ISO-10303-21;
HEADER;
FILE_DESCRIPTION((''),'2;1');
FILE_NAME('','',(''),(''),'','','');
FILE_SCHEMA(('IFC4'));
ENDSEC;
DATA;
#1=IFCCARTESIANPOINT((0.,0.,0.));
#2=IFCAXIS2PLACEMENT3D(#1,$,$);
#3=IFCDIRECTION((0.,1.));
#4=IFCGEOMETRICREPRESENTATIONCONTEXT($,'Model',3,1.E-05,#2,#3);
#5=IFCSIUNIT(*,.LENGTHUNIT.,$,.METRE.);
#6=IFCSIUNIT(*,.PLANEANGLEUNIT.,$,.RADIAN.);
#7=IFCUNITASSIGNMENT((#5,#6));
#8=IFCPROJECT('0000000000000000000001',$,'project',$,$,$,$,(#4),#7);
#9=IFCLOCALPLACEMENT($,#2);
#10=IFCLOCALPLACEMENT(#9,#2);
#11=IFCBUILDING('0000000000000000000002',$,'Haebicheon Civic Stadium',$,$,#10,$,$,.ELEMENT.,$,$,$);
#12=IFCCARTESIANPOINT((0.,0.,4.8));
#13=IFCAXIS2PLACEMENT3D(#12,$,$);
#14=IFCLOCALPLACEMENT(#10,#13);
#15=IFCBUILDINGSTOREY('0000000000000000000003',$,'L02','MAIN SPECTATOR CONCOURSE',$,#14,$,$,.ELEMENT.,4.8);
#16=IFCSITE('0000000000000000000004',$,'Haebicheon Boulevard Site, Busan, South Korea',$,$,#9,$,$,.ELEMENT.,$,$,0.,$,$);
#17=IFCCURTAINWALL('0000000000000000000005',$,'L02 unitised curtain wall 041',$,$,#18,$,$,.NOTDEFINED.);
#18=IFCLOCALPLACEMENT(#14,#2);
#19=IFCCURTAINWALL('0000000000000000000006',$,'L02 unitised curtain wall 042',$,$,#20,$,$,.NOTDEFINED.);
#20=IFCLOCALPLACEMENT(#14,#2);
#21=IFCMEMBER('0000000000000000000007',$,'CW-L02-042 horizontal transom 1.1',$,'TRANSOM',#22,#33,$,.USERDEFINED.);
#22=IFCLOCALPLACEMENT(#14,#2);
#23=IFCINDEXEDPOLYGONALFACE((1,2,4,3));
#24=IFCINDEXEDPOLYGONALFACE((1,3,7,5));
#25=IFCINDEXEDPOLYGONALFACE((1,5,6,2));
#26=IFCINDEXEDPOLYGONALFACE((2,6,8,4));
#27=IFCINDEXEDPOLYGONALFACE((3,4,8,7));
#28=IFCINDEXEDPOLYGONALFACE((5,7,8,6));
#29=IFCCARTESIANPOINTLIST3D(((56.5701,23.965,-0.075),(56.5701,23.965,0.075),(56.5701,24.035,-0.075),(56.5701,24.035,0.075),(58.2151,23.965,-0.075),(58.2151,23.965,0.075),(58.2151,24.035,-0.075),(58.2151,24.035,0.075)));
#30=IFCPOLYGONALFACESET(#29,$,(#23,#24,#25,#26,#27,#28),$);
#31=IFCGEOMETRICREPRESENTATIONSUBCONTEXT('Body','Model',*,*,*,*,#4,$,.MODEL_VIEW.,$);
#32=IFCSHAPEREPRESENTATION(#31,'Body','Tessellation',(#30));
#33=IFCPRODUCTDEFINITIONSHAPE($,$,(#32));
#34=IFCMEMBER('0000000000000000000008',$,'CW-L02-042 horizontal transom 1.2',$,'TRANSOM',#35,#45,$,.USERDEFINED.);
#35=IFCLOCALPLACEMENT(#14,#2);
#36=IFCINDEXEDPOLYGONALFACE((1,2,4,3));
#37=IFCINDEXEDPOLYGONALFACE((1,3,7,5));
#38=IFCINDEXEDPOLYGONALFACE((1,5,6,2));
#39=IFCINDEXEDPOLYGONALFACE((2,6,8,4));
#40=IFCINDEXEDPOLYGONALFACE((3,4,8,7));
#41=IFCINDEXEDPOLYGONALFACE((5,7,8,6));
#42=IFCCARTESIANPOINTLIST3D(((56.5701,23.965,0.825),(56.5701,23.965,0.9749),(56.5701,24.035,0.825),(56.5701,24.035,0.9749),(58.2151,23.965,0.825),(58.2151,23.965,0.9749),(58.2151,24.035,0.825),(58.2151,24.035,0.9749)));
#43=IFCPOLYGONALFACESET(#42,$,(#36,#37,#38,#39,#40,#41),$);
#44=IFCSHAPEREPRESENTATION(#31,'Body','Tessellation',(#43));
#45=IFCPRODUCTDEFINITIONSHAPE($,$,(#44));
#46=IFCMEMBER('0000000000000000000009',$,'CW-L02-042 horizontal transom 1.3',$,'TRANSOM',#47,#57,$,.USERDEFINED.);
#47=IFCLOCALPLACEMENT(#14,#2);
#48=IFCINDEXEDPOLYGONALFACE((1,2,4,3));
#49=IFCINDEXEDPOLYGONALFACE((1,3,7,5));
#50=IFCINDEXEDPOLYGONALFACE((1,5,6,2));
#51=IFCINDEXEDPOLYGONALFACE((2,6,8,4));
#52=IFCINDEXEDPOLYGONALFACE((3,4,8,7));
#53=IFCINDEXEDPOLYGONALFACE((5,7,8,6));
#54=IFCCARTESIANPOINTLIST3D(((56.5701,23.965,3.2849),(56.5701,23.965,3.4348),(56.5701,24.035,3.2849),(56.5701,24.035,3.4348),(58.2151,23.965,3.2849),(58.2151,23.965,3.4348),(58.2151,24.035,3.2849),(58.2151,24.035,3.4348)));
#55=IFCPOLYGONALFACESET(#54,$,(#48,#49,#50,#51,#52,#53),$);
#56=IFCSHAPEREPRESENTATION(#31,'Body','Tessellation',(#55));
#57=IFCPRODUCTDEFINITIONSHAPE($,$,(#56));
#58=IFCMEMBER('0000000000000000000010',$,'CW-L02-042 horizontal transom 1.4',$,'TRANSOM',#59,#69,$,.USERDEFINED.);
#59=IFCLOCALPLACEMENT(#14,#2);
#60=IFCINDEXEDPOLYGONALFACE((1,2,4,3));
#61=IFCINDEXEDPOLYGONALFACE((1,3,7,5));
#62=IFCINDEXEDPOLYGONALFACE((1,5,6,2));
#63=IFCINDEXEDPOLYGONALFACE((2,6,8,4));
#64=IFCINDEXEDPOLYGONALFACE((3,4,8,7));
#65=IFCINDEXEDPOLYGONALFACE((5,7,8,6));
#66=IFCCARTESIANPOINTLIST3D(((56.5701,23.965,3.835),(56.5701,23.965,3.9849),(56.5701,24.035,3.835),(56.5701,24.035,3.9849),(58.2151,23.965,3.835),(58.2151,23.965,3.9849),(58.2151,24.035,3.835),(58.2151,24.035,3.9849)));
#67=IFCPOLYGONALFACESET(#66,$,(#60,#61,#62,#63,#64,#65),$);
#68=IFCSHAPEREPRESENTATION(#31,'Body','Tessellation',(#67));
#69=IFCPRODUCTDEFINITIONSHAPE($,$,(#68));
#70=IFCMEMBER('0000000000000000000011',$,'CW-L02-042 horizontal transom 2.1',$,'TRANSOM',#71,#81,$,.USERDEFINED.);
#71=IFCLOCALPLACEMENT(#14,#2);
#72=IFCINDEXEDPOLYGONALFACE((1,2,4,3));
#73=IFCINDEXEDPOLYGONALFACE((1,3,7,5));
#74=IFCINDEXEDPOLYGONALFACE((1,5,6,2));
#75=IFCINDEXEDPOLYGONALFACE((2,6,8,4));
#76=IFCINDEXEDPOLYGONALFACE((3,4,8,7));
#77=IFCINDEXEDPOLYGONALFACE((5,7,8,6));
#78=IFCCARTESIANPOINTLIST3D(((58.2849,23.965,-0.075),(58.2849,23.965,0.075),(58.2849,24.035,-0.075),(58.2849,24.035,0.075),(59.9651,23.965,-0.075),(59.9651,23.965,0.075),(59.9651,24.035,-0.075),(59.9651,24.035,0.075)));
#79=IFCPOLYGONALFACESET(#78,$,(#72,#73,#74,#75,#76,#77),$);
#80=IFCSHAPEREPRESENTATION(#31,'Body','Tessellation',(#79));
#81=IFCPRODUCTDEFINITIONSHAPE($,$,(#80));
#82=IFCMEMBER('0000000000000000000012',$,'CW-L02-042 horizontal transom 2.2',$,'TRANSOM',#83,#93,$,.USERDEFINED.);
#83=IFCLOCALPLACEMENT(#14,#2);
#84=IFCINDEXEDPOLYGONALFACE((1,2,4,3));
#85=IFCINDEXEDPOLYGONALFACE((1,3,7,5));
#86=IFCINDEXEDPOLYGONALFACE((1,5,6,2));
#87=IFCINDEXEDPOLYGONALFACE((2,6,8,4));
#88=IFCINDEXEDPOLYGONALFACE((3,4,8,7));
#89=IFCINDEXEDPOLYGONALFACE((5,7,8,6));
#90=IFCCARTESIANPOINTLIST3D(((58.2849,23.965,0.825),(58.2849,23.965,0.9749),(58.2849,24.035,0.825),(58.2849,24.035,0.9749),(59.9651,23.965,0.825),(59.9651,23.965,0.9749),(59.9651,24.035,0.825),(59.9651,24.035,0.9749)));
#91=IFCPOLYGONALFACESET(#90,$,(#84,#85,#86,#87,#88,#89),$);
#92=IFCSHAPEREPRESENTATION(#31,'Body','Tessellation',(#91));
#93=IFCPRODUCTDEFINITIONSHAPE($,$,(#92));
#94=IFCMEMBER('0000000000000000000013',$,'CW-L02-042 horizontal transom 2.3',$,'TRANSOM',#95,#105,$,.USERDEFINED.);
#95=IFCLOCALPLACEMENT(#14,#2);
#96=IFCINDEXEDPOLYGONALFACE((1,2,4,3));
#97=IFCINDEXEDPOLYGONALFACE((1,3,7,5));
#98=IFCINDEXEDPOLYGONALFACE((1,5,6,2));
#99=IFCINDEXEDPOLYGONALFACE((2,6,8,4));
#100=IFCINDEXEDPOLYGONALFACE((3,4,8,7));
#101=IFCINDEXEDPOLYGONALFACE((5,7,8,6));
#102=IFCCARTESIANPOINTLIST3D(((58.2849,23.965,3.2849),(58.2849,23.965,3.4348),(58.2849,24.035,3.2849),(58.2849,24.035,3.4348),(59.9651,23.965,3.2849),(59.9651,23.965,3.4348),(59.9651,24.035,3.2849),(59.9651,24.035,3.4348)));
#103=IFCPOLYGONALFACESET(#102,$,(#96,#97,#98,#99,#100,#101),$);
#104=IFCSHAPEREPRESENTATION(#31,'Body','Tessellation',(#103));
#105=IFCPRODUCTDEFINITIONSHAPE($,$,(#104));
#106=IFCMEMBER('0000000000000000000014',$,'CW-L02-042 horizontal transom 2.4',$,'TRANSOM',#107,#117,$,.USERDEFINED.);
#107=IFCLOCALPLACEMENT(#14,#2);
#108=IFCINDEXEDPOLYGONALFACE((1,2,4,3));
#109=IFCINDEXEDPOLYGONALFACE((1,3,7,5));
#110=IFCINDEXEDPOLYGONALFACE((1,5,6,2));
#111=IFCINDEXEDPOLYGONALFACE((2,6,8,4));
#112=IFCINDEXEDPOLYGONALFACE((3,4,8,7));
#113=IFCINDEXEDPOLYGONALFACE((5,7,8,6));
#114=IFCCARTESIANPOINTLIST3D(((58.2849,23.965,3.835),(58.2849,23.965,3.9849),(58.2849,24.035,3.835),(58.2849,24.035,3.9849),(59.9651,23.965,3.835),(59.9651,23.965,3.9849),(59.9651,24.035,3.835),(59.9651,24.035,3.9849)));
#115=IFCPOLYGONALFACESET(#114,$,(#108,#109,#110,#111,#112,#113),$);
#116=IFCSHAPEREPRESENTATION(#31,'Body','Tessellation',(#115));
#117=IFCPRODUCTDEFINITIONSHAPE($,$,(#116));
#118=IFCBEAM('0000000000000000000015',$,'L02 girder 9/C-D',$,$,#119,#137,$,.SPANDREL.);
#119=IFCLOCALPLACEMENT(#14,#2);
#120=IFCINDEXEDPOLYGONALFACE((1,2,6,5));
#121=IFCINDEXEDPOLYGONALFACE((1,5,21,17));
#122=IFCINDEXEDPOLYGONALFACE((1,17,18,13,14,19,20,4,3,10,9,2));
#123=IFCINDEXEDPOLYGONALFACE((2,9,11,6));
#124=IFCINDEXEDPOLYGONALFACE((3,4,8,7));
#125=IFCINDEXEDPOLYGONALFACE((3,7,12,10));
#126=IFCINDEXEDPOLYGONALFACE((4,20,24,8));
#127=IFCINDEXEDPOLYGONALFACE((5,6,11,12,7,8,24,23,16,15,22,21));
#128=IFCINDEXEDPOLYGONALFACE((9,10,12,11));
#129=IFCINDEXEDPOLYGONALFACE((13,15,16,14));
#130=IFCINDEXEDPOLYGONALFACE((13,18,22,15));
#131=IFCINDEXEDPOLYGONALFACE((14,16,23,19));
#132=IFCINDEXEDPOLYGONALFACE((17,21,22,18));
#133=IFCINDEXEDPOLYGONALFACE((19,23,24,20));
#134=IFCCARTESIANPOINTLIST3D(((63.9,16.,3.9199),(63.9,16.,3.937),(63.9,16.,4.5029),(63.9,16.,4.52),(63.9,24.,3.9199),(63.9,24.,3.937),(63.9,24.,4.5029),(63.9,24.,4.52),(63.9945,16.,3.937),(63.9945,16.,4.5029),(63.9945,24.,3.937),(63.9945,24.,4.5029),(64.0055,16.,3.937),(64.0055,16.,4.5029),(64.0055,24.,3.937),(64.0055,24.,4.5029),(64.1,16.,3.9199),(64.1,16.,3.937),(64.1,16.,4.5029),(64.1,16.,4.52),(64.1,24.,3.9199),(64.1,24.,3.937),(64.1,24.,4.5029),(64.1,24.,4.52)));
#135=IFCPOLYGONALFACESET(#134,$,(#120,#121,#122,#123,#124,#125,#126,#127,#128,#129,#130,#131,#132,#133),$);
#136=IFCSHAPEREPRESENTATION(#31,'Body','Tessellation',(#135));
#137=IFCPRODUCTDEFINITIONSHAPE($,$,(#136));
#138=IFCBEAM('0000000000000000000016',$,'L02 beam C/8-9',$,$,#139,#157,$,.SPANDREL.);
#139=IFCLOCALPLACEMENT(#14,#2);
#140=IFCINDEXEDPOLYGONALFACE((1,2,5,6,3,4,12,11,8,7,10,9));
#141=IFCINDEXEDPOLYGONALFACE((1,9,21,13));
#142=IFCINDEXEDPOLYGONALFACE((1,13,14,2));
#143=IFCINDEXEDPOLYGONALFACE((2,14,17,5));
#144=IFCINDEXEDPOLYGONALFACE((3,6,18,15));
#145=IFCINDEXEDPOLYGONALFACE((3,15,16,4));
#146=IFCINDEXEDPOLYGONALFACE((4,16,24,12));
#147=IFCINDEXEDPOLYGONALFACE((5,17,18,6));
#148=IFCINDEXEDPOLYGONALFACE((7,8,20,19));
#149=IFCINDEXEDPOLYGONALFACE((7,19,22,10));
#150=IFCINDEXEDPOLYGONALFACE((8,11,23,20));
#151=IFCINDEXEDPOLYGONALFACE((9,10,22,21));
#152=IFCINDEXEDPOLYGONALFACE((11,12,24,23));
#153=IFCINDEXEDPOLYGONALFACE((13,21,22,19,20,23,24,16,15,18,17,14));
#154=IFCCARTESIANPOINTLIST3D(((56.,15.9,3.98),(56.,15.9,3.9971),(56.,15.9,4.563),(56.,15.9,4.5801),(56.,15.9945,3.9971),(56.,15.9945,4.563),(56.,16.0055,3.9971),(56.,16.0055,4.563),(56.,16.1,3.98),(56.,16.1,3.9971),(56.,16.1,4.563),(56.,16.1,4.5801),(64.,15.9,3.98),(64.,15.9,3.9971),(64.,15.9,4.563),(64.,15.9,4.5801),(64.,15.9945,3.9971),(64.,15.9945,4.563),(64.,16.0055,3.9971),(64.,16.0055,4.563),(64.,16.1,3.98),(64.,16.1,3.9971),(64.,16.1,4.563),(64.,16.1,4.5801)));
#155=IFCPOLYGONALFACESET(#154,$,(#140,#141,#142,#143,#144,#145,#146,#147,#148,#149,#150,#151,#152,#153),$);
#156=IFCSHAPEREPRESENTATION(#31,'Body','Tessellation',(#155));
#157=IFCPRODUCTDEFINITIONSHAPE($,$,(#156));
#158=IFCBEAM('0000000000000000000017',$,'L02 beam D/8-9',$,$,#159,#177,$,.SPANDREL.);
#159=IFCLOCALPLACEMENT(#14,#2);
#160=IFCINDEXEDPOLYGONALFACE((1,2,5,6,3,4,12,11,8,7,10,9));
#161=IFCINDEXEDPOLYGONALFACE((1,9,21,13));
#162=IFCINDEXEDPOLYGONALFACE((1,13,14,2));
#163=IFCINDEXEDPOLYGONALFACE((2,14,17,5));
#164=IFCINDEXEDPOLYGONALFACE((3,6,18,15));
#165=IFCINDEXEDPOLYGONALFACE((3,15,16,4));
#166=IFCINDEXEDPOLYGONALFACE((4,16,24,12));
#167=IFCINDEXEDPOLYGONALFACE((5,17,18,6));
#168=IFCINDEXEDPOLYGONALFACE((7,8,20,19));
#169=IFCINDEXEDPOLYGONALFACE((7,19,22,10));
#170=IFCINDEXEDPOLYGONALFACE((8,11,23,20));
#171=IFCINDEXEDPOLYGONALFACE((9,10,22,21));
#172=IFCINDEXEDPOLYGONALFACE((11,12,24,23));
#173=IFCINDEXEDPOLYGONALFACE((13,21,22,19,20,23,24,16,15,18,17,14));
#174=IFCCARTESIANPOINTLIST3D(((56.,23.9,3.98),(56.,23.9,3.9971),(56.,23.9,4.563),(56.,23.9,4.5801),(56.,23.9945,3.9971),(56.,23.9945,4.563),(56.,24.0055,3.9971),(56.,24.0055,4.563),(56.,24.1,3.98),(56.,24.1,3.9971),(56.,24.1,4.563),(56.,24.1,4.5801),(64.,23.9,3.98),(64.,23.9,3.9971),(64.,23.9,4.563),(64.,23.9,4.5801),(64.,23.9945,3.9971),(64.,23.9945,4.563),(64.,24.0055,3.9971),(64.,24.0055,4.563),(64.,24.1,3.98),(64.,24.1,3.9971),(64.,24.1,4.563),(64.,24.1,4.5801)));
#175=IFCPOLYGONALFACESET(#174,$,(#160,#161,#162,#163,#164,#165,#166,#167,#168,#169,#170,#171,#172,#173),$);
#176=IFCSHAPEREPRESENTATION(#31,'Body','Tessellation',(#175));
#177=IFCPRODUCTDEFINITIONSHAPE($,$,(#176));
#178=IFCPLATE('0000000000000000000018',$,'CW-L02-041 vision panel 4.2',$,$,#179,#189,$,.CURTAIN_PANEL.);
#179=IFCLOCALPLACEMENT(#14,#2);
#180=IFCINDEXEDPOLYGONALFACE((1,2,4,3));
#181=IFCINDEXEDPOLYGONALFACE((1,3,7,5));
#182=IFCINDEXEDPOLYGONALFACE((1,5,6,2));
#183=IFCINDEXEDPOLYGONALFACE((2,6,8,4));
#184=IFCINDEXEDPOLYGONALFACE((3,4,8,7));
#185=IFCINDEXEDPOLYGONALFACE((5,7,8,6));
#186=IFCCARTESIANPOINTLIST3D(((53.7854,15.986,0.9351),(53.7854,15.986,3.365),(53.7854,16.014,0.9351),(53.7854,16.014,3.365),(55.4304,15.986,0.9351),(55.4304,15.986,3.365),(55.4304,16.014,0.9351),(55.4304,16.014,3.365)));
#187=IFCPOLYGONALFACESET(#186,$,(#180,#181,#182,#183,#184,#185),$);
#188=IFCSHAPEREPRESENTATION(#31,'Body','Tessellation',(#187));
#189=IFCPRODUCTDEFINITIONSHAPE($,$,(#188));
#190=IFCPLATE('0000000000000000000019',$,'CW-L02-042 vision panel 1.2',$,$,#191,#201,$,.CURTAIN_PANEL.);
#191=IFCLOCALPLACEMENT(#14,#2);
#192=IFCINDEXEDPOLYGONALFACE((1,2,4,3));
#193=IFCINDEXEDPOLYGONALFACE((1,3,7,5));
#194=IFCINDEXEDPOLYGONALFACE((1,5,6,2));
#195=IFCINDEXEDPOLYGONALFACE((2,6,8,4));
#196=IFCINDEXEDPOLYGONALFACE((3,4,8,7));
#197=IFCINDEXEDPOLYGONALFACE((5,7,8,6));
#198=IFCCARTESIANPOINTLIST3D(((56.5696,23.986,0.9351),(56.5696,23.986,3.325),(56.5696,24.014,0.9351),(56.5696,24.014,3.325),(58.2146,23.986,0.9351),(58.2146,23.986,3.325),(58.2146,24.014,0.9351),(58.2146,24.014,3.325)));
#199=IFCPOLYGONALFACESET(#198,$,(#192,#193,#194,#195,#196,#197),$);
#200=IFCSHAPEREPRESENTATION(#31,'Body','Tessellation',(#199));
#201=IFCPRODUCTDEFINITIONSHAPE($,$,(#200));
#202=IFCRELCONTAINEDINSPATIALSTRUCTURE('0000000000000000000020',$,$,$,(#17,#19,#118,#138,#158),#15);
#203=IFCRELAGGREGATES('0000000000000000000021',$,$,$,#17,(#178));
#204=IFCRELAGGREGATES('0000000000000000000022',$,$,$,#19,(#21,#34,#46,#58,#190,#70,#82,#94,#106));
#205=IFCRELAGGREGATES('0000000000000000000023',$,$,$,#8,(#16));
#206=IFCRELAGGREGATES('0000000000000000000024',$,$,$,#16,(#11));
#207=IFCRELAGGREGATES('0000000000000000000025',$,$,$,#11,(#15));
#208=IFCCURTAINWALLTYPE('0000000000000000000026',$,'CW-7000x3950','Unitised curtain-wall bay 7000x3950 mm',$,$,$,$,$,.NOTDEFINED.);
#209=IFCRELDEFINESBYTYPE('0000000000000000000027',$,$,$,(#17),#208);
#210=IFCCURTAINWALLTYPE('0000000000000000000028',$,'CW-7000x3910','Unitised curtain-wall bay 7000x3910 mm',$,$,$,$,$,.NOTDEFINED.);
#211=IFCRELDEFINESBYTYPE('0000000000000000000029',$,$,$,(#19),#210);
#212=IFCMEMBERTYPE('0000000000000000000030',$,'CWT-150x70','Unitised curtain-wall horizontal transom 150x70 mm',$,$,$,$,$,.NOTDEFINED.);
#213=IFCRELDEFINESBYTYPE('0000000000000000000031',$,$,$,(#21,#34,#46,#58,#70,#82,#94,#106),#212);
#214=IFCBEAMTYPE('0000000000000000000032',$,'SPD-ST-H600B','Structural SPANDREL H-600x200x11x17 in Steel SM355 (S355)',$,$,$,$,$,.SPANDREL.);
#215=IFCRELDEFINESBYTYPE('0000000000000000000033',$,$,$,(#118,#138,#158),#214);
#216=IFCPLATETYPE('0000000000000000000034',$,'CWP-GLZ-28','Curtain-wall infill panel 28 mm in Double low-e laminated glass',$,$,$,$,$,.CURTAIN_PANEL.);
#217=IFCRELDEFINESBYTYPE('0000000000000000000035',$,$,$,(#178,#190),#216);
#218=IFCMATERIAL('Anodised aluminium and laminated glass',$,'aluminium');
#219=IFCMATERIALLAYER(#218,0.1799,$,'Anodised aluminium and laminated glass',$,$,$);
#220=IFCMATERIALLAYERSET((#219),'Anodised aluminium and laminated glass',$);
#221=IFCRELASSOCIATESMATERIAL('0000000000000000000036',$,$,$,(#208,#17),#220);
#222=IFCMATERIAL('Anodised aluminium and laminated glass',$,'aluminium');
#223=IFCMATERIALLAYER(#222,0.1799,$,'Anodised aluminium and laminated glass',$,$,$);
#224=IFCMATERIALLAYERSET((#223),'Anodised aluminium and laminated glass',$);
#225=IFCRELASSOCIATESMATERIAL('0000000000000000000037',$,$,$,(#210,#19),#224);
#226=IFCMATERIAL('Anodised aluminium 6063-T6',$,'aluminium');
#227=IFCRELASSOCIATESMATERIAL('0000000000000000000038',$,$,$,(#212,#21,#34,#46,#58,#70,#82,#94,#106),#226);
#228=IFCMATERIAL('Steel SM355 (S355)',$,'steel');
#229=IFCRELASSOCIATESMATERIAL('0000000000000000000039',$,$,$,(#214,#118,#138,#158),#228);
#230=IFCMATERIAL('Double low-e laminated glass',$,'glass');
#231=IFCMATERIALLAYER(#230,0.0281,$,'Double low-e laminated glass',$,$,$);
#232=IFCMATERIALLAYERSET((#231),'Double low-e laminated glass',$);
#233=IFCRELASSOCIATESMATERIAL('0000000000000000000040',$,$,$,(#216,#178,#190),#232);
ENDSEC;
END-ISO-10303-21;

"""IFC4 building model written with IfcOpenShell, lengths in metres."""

from ifc_helpers import new_model, si_unit, direction, frame, origin, origin_2d, place, context, subcontext, project, spatial, rectangle, i_section, extrude, material, layer, layer_set, material_profile, profile_set, type_object, element, aggregate, save


model = new_model("IFC4")

# Units and contexts
model_context = context("Model", 3, precision=1e-05, world=origin(), true_north=direction((0.0, 1.0)))
body_context = subcontext(model_context, "Body", "Model", "MODEL_VIEW")
ifc_project = project(units=[si_unit("LENGTHUNIT", "METRE"), si_unit("PLANEANGLEUNIT", "RADIAN")], contexts=[model_context])

# Site, building, storey
site_placement = place(None, origin())
site = spatial("IfcSite", under=ifc_project, at=site_placement, Name="Haebicheon Boulevard Site, Busan, South Korea", CompositionType="ELEMENT", RefElevation=0.0)
building_placement = place(site_placement, origin())
building = spatial("IfcBuilding", under=site, at=building_placement, Name="Haebicheon Civic Stadium", CompositionType="ELEMENT")
storey_placement = place(building_placement, frame((0.0, 0.0, 4.8)))
storey = spatial("IfcBuildingStorey", under=building, at=storey_placement, Name="L02", Description="MAIN SPECTATOR CONCOURSE", CompositionType="ELEMENT", Elevation=4.8)

# Curtain walls
ifc_material_1 = material(Name="Anodised aluminium and laminated glass", Category="aluminium")
ifc_layer_1 = layer(ifc_material_1, 0.1799, Name="Anodised aluminium and laminated glass")
ifc_layer_set_1 = layer_set([ifc_layer_1], Name="Anodised aluminium and laminated glass")
curtain_wall_type_1 = type_object("IfcCurtainWallType", Name="CW-7000x3950", Description="Unitised curtain-wall bay 7000x3950 mm", PredefinedType="NOTDEFINED", material=ifc_layer_set_1)
curtain_wall_1_placement = place(storey_placement, origin())
curtain_wall_1 = element("IfcCurtainWall", 1, at=curtain_wall_1_placement, inside=storey, type_object=curtain_wall_type_1, material=ifc_layer_set_1, Name="L02 unitised curtain wall 041", PredefinedType="NOTDEFINED")
ifc_material_2 = material(Name="Anodised aluminium and laminated glass", Category="aluminium")
ifc_layer_2 = layer(ifc_material_2, 0.1799, Name="Anodised aluminium and laminated glass")
ifc_layer_set_2 = layer_set([ifc_layer_2], Name="Anodised aluminium and laminated glass")
curtain_wall_type_2 = type_object("IfcCurtainWallType", Name="CW-7000x3910", Description="Unitised curtain-wall bay 7000x3910 mm", PredefinedType="NOTDEFINED", material=ifc_layer_set_2)
curtain_wall_2_placement = place(storey_placement, origin())
curtain_wall_2 = element("IfcCurtainWall", 2, at=curtain_wall_2_placement, inside=storey, type_object=curtain_wall_type_2, material=ifc_layer_set_2, Name="L02 unitised curtain wall 042", PredefinedType="NOTDEFINED")

# Members
ifc_material_3 = material(Name="Anodised aluminium 6063-T6", Category="aluminium")
ifc_material_profile_1 = material_profile(ifc_material_3, rectangle(XDim=0.0701, YDim=0.1499, at=origin_2d()), Name="ALU-TRAN-70x150")
ifc_profile_set_1 = profile_set([ifc_material_profile_1], Name="Anodised aluminium 6063-T6")
member_type_1 = type_object("IfcMemberType", Name="CWT-150x70", Description="Unitised curtain-wall horizontal transom 150x70 mm", PredefinedType="NOTDEFINED", material=ifc_profile_set_1)
member_1_placement = place(storey_placement, frame((56.5701, 24.0, 0.0), z_axis=(1.0, 0.0, 0.0), x_axis=(0.0, 1.0, 0.0)))
member_1 = element("IfcMember", 3, at=member_1_placement, type_object=member_type_1, material=ifc_profile_set_1, Name="CW-L02-042 horizontal transom 1.1", ObjectType="TRANSOM", PredefinedType="USERDEFINED", context=body_context, shape_type="SweptSolid", body=[
    extrude(rectangle(XDim=0.0701, YDim=0.1499, at=origin_2d()), origin(), (0.0, 0.0, 1.0), 1.645),
])
member_2_placement = place(storey_placement, frame((56.5701, 24.0, 0.8999), z_axis=(1.0, 0.0, 0.0), x_axis=(0.0, 1.0, 0.0)))
member_2 = element("IfcMember", 4, at=member_2_placement, type_object=member_type_1, material=ifc_profile_set_1, Name="CW-L02-042 horizontal transom 1.2", ObjectType="TRANSOM", PredefinedType="USERDEFINED", context=body_context, shape_type="SweptSolid", body=[
    extrude(rectangle(XDim=0.0701, YDim=0.1499, at=origin_2d()), origin(), (0.0, 0.0, 1.0), 1.645),
])
member_3_placement = place(storey_placement, frame((56.5701, 24.0, 3.3599), z_axis=(1.0, 0.0, 0.0), x_axis=(0.0, 1.0, 0.0)))
member_3 = element("IfcMember", 5, at=member_3_placement, type_object=member_type_1, material=ifc_profile_set_1, Name="CW-L02-042 horizontal transom 1.3", ObjectType="TRANSOM", PredefinedType="USERDEFINED", context=body_context, shape_type="SweptSolid", body=[
    extrude(rectangle(XDim=0.0701, YDim=0.1499, at=origin_2d()), origin(), (0.0, 0.0, 1.0), 1.645),
])
member_4_placement = place(storey_placement, frame((56.5701, 24.0, 3.9099), z_axis=(1.0, 0.0, 0.0), x_axis=(0.0, 1.0, 0.0)))
member_4 = element("IfcMember", 6, at=member_4_placement, type_object=member_type_1, material=ifc_profile_set_1, Name="CW-L02-042 horizontal transom 1.4", ObjectType="TRANSOM", PredefinedType="USERDEFINED", context=body_context, shape_type="SweptSolid", body=[
    extrude(rectangle(XDim=0.0701, YDim=0.1499, at=origin_2d()), origin(), (0.0, 0.0, 1.0), 1.645),
])
member_5_placement = place(storey_placement, frame((58.2849, 24.0, 0.0), z_axis=(1.0, 0.0, 0.0), x_axis=(0.0, 1.0, 0.0)))
member_5 = element("IfcMember", 7, at=member_5_placement, type_object=member_type_1, material=ifc_profile_set_1, Name="CW-L02-042 horizontal transom 2.1", ObjectType="TRANSOM", PredefinedType="USERDEFINED", context=body_context, shape_type="SweptSolid", body=[
    extrude(rectangle(XDim=0.0701, YDim=0.1499, at=origin_2d()), origin(), (0.0, 0.0, 1.0), 1.6802),
])
member_6_placement = place(storey_placement, frame((58.2849, 24.0, 0.8999), z_axis=(1.0, 0.0, 0.0), x_axis=(0.0, 1.0, 0.0)))
member_6 = element("IfcMember", 8, at=member_6_placement, type_object=member_type_1, material=ifc_profile_set_1, Name="CW-L02-042 horizontal transom 2.2", ObjectType="TRANSOM", PredefinedType="USERDEFINED", context=body_context, shape_type="SweptSolid", body=[
    extrude(rectangle(XDim=0.0701, YDim=0.1499, at=origin_2d()), origin(), (0.0, 0.0, 1.0), 1.6802),
])
member_7_placement = place(storey_placement, frame((58.2849, 24.0, 3.3599), z_axis=(1.0, 0.0, 0.0), x_axis=(0.0, 1.0, 0.0)))
member_7 = element("IfcMember", 9, at=member_7_placement, type_object=member_type_1, material=ifc_profile_set_1, Name="CW-L02-042 horizontal transom 2.3", ObjectType="TRANSOM", PredefinedType="USERDEFINED", context=body_context, shape_type="SweptSolid", body=[
    extrude(rectangle(XDim=0.0701, YDim=0.1499, at=origin_2d()), origin(), (0.0, 0.0, 1.0), 1.6802),
])
member_8_placement = place(storey_placement, frame((58.2849, 24.0, 3.9099), z_axis=(1.0, 0.0, 0.0), x_axis=(0.0, 1.0, 0.0)))
member_8 = element("IfcMember", 10, at=member_8_placement, type_object=member_type_1, material=ifc_profile_set_1, Name="CW-L02-042 horizontal transom 2.4", ObjectType="TRANSOM", PredefinedType="USERDEFINED", context=body_context, shape_type="SweptSolid", body=[
    extrude(rectangle(XDim=0.0701, YDim=0.1499, at=origin_2d()), origin(), (0.0, 0.0, 1.0), 1.6802),
])

# Beams
ifc_material_4 = material(Name="Steel SM355 (S355)", Category="steel")
ifc_material_profile_2 = material_profile(ifc_material_4, i_section(OverallWidth=0.2, OverallDepth=0.6001, WebThickness=0.011, FlangeThickness=0.0171, at=origin_2d()), Name="H-600x200x11x17")
ifc_profile_set_2 = profile_set([ifc_material_profile_2], Name="Steel SM355 (S355)")
beam_type_1 = type_object("IfcBeamType", Name="SPD-ST-H600B", Description="Structural SPANDREL H-600x200x11x17 in Steel SM355 (S355)", PredefinedType="SPANDREL", material=ifc_profile_set_2)
for number, where, z_axis, x_axis, name in (
    (11, (64.0, 16.0, 4.22), (0.0, 1.0, 0.0), (-1.0, 0.0, 0.0), "L02 girder 9/C-D"),
    (12, (56.0, 16.0, 4.28), (1.0, 0.0, 0.0), (0.0, 1.0, 0.0), "L02 beam C/8-9"),
    (13, (56.0, 24.0, 4.28), (1.0, 0.0, 0.0), (0.0, 1.0, 0.0), "L02 beam D/8-9"),
):
    element("IfcBeam", number, at=place(storey_placement, frame(where, z_axis=z_axis, x_axis=x_axis)), inside=storey, type_object=beam_type_1, material=ifc_profile_set_2, Name=name, PredefinedType="SPANDREL", context=body_context, shape_type="SweptSolid", body=[
        extrude(i_section(OverallWidth=0.2, OverallDepth=0.6001, WebThickness=0.011, FlangeThickness=0.0171, at=origin_2d()), origin(), (0.0, 0.0, 1.0), 8.0),
    ])

# Plates
ifc_material_5 = material(Name="Double low-e laminated glass", Category="glass")
ifc_layer_3 = layer(ifc_material_5, 0.0281, Name="Double low-e laminated glass")
ifc_layer_set_3 = layer_set([ifc_layer_3], Name="Double low-e laminated glass")
plate_type_1 = type_object("IfcPlateType", Name="CWP-GLZ-28", Description="Curtain-wall infill panel 28 mm in Double low-e laminated glass", PredefinedType="CURTAIN_PANEL", material=ifc_layer_set_3)
plate_1_placement = place(storey_placement, frame((54.6079, 16.0, 0.9351), z_axis=(0.0, 0.0, 1.0), x_axis=(1.0, 0.0, 0.0)))
plate_1 = element("IfcPlate", 14, at=plate_1_placement, type_object=plate_type_1, material=ifc_layer_set_3, Name="CW-L02-041 vision panel 4.2", PredefinedType="CURTAIN_PANEL", context=body_context, shape_type="SweptSolid", body=[
    extrude(rectangle(XDim=1.645, YDim=0.0281, at=origin_2d()), origin(), (0.0, 0.0, 1.0), 2.4299),
])
plate_2_placement = place(storey_placement, frame((57.3921, 24.0, 0.9351), z_axis=(0.0, 0.0, 1.0), x_axis=(1.0, 0.0, 0.0)))
plate_2 = element("IfcPlate", 15, at=plate_2_placement, type_object=plate_type_1, material=ifc_layer_set_3, Name="CW-L02-042 vision panel 1.2", PredefinedType="CURTAIN_PANEL", context=body_context, shape_type="SweptSolid", body=[
    extrude(rectangle(XDim=1.645, YDim=0.0281, at=origin_2d()), origin(), (0.0, 0.0, 1.0), 2.3899),
])
aggregate(curtain_wall_1, [plate_1])
aggregate(curtain_wall_2, [member_1, member_2, member_3, member_4, plate_2, member_5, member_6, member_7, member_8])

save(model, "model.ifc")
